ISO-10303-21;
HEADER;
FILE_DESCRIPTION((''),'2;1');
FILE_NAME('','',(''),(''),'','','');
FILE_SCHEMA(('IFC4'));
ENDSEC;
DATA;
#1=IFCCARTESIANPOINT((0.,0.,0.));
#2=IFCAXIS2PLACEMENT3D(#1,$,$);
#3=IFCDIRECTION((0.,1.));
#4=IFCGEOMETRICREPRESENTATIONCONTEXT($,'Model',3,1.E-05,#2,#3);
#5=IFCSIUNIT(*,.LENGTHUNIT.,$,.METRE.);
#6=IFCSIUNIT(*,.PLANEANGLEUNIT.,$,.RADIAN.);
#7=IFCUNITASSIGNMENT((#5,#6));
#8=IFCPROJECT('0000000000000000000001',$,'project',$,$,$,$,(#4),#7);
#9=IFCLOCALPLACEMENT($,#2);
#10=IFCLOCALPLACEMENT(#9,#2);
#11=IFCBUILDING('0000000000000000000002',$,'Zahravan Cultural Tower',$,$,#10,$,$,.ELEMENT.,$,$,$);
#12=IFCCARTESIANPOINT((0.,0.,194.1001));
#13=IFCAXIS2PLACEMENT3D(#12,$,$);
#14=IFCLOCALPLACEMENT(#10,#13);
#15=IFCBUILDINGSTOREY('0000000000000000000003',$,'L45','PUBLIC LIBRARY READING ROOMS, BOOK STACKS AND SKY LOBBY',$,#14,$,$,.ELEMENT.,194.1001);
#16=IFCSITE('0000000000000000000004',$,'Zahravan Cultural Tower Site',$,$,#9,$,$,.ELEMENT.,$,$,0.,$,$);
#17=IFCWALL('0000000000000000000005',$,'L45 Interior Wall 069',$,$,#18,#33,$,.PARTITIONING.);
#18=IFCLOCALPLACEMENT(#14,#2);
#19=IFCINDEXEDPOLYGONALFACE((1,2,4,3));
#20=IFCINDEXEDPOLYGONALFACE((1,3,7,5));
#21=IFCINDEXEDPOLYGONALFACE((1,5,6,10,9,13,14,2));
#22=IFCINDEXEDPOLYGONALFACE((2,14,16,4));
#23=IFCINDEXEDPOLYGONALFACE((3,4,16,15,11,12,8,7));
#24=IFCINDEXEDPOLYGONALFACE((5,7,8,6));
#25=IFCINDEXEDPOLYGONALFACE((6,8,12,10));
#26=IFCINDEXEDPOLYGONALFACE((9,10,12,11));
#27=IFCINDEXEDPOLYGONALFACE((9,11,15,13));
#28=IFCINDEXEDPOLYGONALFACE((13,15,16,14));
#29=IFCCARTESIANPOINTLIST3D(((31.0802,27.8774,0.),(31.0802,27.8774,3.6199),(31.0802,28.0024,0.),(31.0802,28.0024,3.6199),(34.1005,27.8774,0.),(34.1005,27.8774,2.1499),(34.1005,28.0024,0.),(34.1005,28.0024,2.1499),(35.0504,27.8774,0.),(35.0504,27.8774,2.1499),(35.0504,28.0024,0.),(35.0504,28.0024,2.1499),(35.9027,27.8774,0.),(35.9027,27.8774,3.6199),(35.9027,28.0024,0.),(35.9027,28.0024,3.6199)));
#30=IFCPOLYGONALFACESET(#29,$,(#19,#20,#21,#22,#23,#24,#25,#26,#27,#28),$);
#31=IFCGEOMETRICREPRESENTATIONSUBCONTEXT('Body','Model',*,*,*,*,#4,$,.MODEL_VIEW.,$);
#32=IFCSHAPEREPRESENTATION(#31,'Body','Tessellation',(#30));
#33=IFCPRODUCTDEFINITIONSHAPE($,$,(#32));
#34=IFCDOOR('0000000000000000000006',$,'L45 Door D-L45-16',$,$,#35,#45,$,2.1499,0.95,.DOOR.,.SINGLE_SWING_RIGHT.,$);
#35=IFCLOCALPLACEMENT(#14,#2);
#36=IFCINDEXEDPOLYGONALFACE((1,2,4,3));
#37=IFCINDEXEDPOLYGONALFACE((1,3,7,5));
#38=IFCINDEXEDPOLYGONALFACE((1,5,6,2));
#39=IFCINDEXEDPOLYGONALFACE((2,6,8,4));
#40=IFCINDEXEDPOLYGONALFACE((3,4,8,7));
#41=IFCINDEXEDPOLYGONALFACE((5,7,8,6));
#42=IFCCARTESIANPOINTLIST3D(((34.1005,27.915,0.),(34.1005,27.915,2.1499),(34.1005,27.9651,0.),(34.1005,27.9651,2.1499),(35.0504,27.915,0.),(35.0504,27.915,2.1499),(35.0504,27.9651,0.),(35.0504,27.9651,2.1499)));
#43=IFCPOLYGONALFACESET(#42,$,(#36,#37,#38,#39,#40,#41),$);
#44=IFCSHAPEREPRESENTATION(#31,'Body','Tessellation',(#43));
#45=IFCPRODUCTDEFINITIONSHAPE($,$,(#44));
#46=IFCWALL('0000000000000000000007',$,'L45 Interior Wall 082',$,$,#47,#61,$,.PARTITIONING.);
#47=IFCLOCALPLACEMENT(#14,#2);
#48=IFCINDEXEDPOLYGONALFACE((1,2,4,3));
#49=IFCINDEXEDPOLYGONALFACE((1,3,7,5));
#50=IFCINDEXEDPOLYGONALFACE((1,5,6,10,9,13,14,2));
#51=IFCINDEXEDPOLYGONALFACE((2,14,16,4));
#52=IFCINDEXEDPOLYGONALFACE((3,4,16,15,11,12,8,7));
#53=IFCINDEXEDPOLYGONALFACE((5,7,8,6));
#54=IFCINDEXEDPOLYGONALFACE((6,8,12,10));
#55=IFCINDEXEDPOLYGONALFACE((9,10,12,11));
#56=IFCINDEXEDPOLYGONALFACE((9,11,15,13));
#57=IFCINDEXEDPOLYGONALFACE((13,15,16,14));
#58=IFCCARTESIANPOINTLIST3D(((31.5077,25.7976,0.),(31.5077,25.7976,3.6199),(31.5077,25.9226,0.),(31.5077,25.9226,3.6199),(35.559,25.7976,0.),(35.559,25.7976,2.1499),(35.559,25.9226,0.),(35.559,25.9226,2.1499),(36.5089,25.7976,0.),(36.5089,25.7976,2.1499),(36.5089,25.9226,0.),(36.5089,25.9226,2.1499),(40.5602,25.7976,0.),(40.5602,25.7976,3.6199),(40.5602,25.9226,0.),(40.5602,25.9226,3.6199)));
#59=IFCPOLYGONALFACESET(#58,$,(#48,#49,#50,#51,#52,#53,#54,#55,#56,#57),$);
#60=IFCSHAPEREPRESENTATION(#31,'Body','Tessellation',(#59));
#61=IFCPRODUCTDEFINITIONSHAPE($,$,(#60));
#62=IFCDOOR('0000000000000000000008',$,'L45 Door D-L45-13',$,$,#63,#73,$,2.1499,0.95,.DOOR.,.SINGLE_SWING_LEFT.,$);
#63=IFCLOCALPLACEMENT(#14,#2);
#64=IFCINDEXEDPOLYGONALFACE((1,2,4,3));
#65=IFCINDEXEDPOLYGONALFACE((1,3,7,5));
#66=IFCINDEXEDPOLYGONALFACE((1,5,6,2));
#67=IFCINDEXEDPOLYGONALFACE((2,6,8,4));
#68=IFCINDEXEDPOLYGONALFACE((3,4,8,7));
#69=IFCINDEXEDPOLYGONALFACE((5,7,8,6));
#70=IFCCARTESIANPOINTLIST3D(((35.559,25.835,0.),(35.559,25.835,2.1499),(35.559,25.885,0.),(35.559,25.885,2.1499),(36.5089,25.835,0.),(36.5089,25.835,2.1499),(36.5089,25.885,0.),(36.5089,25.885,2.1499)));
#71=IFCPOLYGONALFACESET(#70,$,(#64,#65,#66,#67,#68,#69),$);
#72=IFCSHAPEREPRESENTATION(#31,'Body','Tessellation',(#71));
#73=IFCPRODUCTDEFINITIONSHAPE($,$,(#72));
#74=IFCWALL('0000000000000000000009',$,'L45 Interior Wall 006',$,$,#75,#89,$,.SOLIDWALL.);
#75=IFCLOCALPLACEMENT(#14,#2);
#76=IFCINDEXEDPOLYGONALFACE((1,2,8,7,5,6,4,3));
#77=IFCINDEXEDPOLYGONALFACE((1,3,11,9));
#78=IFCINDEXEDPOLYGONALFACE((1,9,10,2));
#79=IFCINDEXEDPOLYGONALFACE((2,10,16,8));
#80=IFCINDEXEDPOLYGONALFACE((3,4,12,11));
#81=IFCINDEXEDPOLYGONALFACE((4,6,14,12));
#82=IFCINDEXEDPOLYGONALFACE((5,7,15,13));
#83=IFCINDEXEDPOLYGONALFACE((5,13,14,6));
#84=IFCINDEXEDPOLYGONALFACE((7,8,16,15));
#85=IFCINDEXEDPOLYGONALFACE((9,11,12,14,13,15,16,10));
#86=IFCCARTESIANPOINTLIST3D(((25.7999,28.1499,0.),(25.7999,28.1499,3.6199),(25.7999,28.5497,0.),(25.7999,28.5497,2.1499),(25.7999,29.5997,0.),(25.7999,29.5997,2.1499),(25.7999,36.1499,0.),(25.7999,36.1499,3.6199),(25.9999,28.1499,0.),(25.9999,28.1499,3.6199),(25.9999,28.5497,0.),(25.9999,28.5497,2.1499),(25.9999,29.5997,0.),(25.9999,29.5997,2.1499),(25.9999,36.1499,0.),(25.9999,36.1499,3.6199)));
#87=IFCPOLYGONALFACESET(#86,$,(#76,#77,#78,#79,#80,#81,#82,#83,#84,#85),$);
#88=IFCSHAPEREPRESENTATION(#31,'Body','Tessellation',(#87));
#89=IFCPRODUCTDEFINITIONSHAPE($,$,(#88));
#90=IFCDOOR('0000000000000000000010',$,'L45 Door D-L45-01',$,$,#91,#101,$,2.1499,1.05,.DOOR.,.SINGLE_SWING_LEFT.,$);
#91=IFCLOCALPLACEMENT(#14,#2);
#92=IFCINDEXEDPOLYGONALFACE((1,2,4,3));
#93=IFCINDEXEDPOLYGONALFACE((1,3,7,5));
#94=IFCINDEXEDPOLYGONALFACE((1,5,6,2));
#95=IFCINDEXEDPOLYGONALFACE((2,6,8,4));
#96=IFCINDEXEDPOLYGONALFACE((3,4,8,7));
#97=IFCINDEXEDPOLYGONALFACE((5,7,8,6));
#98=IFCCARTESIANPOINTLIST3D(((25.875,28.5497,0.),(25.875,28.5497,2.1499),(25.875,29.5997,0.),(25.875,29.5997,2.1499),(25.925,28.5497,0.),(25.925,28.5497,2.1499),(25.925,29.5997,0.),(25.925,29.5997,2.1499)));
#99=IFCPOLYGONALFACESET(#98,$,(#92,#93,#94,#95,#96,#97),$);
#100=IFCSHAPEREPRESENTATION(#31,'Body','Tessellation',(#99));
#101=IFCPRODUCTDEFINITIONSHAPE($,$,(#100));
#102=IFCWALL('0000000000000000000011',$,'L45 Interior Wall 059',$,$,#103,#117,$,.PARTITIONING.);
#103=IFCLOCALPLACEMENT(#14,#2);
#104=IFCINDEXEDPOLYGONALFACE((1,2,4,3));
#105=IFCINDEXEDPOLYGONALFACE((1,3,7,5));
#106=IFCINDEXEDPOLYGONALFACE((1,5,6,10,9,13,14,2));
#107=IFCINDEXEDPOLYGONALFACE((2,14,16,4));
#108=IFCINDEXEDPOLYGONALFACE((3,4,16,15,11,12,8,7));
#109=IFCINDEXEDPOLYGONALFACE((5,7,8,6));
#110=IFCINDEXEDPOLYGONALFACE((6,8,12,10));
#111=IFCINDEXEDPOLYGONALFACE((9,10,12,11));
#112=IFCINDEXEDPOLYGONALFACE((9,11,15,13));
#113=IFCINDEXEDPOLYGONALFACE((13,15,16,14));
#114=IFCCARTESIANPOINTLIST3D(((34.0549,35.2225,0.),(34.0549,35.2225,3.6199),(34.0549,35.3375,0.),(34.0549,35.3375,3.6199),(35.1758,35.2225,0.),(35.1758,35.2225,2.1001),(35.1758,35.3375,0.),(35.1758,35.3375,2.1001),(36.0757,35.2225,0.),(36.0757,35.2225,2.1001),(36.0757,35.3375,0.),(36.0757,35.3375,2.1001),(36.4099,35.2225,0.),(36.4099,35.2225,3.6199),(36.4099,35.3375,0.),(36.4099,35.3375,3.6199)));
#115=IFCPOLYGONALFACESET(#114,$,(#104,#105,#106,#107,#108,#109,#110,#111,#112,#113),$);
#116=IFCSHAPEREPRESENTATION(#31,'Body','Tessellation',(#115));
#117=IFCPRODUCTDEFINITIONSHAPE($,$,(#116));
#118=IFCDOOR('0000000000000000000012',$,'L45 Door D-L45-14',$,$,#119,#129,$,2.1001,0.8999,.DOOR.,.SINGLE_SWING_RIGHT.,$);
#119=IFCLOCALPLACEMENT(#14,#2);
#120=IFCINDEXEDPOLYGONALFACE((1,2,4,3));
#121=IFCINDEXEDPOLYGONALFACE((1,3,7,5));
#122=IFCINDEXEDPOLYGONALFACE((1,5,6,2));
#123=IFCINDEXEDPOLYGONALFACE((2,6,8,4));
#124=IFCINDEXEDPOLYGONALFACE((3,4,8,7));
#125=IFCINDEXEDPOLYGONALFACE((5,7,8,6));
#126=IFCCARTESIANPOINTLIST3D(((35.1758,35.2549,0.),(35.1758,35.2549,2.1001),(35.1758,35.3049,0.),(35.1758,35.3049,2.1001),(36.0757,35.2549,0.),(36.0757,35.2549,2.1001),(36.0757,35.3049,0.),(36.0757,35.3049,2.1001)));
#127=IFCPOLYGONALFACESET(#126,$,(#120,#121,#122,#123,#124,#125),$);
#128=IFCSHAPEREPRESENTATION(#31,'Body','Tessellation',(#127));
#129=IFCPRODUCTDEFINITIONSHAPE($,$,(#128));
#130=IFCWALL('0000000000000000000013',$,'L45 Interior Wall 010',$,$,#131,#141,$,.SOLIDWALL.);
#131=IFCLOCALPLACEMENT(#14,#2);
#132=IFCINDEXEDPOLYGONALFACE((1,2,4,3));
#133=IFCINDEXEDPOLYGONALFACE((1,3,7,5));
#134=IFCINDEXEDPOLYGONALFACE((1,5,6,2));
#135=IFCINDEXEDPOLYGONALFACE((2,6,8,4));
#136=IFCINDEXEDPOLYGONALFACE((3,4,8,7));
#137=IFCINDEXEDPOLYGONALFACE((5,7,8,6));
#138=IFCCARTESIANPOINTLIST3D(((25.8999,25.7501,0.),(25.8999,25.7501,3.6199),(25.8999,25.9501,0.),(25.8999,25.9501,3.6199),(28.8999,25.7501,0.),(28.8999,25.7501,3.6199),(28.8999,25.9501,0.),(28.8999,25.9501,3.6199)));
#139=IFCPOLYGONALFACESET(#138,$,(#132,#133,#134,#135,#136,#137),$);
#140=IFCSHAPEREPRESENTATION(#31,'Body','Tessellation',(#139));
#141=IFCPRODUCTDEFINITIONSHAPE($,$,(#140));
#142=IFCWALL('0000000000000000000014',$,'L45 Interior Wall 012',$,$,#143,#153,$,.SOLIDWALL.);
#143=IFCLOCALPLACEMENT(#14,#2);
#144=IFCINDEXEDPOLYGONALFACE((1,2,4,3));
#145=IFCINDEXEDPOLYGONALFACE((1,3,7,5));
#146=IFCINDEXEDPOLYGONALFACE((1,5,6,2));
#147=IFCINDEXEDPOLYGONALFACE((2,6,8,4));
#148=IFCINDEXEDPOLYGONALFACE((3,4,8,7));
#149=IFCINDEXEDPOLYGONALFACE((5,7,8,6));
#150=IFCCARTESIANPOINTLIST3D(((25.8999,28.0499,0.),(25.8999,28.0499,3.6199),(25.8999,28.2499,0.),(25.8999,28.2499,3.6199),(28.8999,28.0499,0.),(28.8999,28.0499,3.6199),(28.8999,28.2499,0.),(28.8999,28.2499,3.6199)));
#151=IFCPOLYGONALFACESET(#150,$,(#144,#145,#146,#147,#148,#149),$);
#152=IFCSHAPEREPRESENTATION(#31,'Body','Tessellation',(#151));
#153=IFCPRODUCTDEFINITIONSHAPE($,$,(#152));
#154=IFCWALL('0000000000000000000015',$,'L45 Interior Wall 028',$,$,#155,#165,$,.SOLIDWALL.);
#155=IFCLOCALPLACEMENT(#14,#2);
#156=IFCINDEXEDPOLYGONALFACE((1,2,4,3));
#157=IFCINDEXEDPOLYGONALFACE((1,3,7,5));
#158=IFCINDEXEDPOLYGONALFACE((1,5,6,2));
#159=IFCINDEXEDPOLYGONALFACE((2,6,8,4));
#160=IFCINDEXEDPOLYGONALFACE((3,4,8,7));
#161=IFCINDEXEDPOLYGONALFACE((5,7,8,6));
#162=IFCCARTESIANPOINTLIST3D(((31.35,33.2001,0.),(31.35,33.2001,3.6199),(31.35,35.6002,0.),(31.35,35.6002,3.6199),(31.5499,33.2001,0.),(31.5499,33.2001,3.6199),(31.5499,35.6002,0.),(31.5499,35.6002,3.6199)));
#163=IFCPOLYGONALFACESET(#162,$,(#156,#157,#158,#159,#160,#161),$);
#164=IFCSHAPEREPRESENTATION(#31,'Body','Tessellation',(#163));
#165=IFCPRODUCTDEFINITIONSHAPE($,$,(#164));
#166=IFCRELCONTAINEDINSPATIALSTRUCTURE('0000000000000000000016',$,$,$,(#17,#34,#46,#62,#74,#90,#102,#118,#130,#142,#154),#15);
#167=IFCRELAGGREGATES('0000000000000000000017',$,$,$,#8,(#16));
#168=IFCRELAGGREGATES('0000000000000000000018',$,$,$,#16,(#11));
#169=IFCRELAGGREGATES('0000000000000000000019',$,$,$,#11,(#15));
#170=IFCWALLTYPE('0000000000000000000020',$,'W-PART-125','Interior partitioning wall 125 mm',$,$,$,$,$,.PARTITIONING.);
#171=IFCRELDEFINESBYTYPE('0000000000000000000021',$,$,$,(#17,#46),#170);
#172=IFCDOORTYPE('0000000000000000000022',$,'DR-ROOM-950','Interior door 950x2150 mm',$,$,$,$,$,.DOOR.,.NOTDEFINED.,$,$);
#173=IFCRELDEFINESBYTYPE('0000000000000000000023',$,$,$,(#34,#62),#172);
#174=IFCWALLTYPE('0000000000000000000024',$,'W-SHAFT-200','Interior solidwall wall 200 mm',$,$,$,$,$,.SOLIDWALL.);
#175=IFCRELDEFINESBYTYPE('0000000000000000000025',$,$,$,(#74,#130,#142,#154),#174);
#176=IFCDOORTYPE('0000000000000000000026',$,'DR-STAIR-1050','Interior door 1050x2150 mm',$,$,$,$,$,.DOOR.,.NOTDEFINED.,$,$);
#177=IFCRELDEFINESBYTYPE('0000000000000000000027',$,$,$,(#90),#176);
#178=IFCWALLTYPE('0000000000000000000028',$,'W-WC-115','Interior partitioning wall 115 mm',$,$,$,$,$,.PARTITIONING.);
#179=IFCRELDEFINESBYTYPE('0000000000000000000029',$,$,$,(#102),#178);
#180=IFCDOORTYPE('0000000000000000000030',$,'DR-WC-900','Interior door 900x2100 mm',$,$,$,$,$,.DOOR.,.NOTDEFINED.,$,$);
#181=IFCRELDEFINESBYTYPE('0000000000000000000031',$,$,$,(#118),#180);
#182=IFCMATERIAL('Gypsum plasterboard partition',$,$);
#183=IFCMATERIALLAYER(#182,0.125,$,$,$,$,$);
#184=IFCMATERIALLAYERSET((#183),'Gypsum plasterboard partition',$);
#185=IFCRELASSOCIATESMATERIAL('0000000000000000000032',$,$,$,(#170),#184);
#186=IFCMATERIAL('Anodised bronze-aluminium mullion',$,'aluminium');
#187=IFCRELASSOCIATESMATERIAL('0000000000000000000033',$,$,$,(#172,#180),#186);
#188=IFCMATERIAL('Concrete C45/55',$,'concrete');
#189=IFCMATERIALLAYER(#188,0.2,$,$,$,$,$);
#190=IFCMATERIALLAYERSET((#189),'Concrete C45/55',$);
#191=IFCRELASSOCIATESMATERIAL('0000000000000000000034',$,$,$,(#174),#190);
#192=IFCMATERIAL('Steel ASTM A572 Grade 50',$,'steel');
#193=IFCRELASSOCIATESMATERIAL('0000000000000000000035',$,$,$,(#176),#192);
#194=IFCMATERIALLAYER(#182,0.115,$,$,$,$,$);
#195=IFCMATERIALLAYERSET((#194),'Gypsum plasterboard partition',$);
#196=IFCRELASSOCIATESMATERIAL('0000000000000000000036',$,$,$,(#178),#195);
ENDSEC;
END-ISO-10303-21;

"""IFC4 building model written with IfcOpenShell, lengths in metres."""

from ifc_helpers import new_model, si_unit, direction, frame, frame_2d, origin, place, context, subcontext, project, spatial, rectangle, extrude, source, transform, mapped, material, layer, layer_set, type_object, element, fill, save


model = new_model("IFC4")

# Units and contexts
model_context = context("Model", 3, precision=1e-05, world=origin(), true_north=direction((0.0, 1.0)))
body_context = subcontext(model_context, "Body", "Model", "MODEL_VIEW")
ifc_project = project(units=[si_unit("LENGTHUNIT", "METRE"), si_unit("PLANEANGLEUNIT", "RADIAN")], contexts=[model_context])

# Site, building, storey
site_placement = place(None, origin())
site = spatial("IfcSite", under=ifc_project, at=site_placement, Name="Zahravan Cultural Tower Site", CompositionType="ELEMENT", RefElevation=0.0)
building_placement = place(site_placement, origin())
building = spatial("IfcBuilding", under=site, at=building_placement, Name="Zahravan Cultural Tower", CompositionType="ELEMENT")
storey_placement = place(building_placement, frame((0.0, 0.0, 194.1001)))
storey = spatial("IfcBuildingStorey", under=building, at=storey_placement, Name="L45", Description="PUBLIC LIBRARY READING ROOMS, BOOK STACKS AND SKY LOBBY", CompositionType="ELEMENT", Elevation=194.1001)

# Walls, openings, doors
ifc_material_1 = material(Name="Steel ASTM A572 Grade 50", Category="steel")
ifc_material_2 = material(Name="Gypsum plasterboard partition")
ifc_layer_1 = layer(ifc_material_2, 0.125)
ifc_layer_set_1 = layer_set([ifc_layer_1], Name="Gypsum plasterboard partition")
wall_type_1 = type_object("IfcWallType", Name="W-PART-125", Description="Interior partitioning wall 125 mm", PredefinedType="PARTITIONING", material=ifc_layer_set_1)
wall_1_placement = place(storey_placement, frame((35.9026, 27.9399, 0.0), z_axis=(0.0, 0.0, 1.0), x_axis=(-1.0, 0.0, 0.0)))
wall_1 = element("IfcWall", 1, at=wall_1_placement, inside=storey, type_object=wall_type_1, Name="L45 Interior Wall 069", PredefinedType="PARTITIONING", context=body_context, shape_type="SweptSolid", body=[
    extrude(rectangle(XDim=4.8225, YDim=0.125, at=frame_2d((2.4111, 0.0))), origin(), (0.0, 0.0, 1.0), 3.6199),
])
opening_1_placement = place(wall_1_placement, frame((0.8521, 0.0, 0.0)))
opening_1 = element("IfcOpeningElement", 2, at=opening_1_placement, cuts=wall_1, PredefinedType="OPENING", context=body_context, shape_type="SweptSolid", body=[
    extrude(rectangle(XDim=0.95, YDim=2.1499, at=frame_2d((0.4751, 1.075))), frame((0.0, 0.0725, 0.0), z_axis=(0.0, -1.0, 0.0), x_axis=(1.0, 0.0, 0.0)), (0.0, 0.0, 1.0), 0.145),
])
ifc_material_3 = material(Name="Anodised bronze-aluminium mullion", Category="aluminium")
door_type_1 = type_object("IfcDoorType", Name="DR-ROOM-950", Description="Interior door 950x2150 mm", OperationType="NOTDEFINED", PredefinedType="DOOR", material=ifc_material_3)
shared_shape_1 = source(origin(), body_context, "Body", "SweptSolid", [
    extrude(rectangle(XDim=0.95, YDim=2.1499, at=frame_2d((0.4751, 1.075))), frame((0.0, 0.0249, 0.0), z_axis=(0.0, -1.0, 0.0), x_axis=(1.0, 0.0, 0.0)), (0.0, 0.0, 1.0), 0.05),
])
door_1_placement = place(opening_1_placement, origin())
door_1 = element("IfcDoor", 3, at=door_1_placement, inside=storey, type_object=door_type_1, Name="L45 Door D-L45-16", OperationType="SINGLE_SWING_RIGHT", OverallHeight=2.1499, OverallWidth=0.95, PredefinedType="DOOR", context=body_context, shape_type="MappedRepresentation", body=[
    mapped(shared_shape_1, transform((0.0, 0.0, 0.0), x_axis=(1.0, 0.0, 0.0), y_axis=(0.0, 1.0, 0.0), z_axis=(0.0, 0.0, 1.0), scale=1.0)),
])
fill(opening_1, door_1)
wall_2_placement = place(storey_placement, frame((31.5076, 25.8601, 0.0), z_axis=(0.0, 0.0, 1.0), x_axis=(1.0, 0.0, 0.0)))
wall_2 = element("IfcWall", 4, at=wall_2_placement, inside=storey, type_object=wall_type_1, Name="L45 Interior Wall 082", PredefinedType="PARTITIONING", context=body_context, shape_type="SweptSolid", body=[
    extrude(rectangle(XDim=9.0525, YDim=0.125, at=frame_2d((4.5264, 0.0))), origin(), (0.0, 0.0, 1.0), 3.6199),
])
opening_2_placement = place(wall_2_placement, frame((4.0513, 0.0, 0.0)))
opening_2 = element("IfcOpeningElement", 5, at=opening_2_placement, cuts=wall_2, PredefinedType="OPENING", context=body_context, shape_type="SweptSolid", body=[
    extrude(rectangle(XDim=0.95, YDim=2.1499, at=frame_2d((0.4751, 1.075))), frame((0.0, 0.0725, 0.0), z_axis=(0.0, -1.0, 0.0), x_axis=(1.0, 0.0, 0.0)), (0.0, 0.0, 1.0), 0.145),
])
door_2_placement = place(opening_2_placement, origin())
door_2 = element("IfcDoor", 6, at=door_2_placement, inside=storey, type_object=door_type_1, Name="L45 Door D-L45-13", OperationType="SINGLE_SWING_LEFT", OverallHeight=2.1499, OverallWidth=0.95, PredefinedType="DOOR", context=body_context, shape_type="MappedRepresentation", body=[
    mapped(shared_shape_1, transform((0.0, 0.0, 0.0), x_axis=(1.0, 0.0, 0.0), y_axis=(0.0, 1.0, 0.0), z_axis=(0.0, 0.0, 1.0), scale=1.0)),
])
fill(opening_2, door_2)
ifc_material_4 = material(Name="Concrete C45/55", Category="concrete")
ifc_layer_2 = layer(ifc_material_4, 0.2)
ifc_layer_set_2 = layer_set([ifc_layer_2], Name="Concrete C45/55")
wall_type_2 = type_object("IfcWallType", Name="W-SHAFT-200", Description="Interior solidwall wall 200 mm", PredefinedType="SOLIDWALL", material=ifc_layer_set_2)
wall_3_placement = place(storey_placement, frame((25.8999, 28.1499, 0.0), z_axis=(0.0, 0.0, 1.0), x_axis=(0.0, 1.0, 0.0)))
wall_3 = element("IfcWall", 7, at=wall_3_placement, inside=storey, type_object=wall_type_2, Name="L45 Interior Wall 006", PredefinedType="SOLIDWALL", context=body_context, shape_type="SweptSolid", body=[
    extrude(rectangle(XDim=8.0, YDim=0.2, at=frame_2d((4.0, 0.0))), origin(), (0.0, 0.0, 1.0), 3.6199),
])
opening_3_placement = place(wall_3_placement, frame((0.3999, 0.0, 0.0)))
opening_3 = element("IfcOpeningElement", 8, at=opening_3_placement, cuts=wall_3, PredefinedType="OPENING", context=body_context, shape_type="SweptSolid", body=[
    extrude(rectangle(XDim=1.05, YDim=2.1499, at=frame_2d((0.5249, 1.075))), frame((0.0, 0.1099, 0.0), z_axis=(0.0, -1.0, 0.0), x_axis=(1.0, 0.0, 0.0)), (0.0, 0.0, 1.0), 0.22),
])
door_type_2 = type_object("IfcDoorType", Name="DR-STAIR-1050", Description="Interior door 1050x2150 mm", OperationType="NOTDEFINED", PredefinedType="DOOR", material=ifc_material_1)
shared_shape_2 = source(origin(), body_context, "Body", "SweptSolid", [
    extrude(rectangle(XDim=1.05, YDim=2.1499, at=frame_2d((0.5249, 1.075))), frame((0.0, 0.0249, 0.0), z_axis=(0.0, -1.0, 0.0), x_axis=(1.0, 0.0, 0.0)), (0.0, 0.0, 1.0), 0.05),
])
door_3_placement = place(opening_3_placement, origin())
door_3 = element("IfcDoor", 9, at=door_3_placement, inside=storey, type_object=door_type_2, Name="L45 Door D-L45-01", OperationType="SINGLE_SWING_LEFT", OverallHeight=2.1499, OverallWidth=1.05, PredefinedType="DOOR", context=body_context, shape_type="MappedRepresentation", body=[
    mapped(shared_shape_2, transform((0.0, 0.0, 0.0), x_axis=(1.0, 0.0, 0.0), y_axis=(0.0, 1.0, 0.0), z_axis=(0.0, 0.0, 1.0), scale=1.0)),
])
fill(opening_3, door_3)
ifc_layer_3 = layer(ifc_material_2, 0.115)
ifc_layer_set_3 = layer_set([ifc_layer_3], Name="Gypsum plasterboard partition")
wall_type_3 = type_object("IfcWallType", Name="W-WC-115", Description="Interior partitioning wall 115 mm", PredefinedType="PARTITIONING", material=ifc_layer_set_3)
wall_4_placement = place(storey_placement, frame((34.0549, 35.28, 0.0), z_axis=(0.0, 0.0, 1.0), x_axis=(1.0, 0.0, 0.0)))
wall_4 = element("IfcWall", 10, at=wall_4_placement, inside=storey, type_object=wall_type_3, Name="L45 Interior Wall 059", PredefinedType="PARTITIONING", context=body_context, shape_type="SweptSolid", body=[
    extrude(rectangle(XDim=2.355, YDim=0.115, at=frame_2d((1.1775, 0.0))), origin(), (0.0, 0.0, 1.0), 3.6199),
])
opening_4_placement = place(wall_4_placement, frame((1.1208, 0.0, 0.0)))
opening_4 = element("IfcOpeningElement", 11, at=opening_4_placement, cuts=wall_4, PredefinedType="OPENING", context=body_context, shape_type="SweptSolid", body=[
    extrude(rectangle(XDim=0.8999, YDim=2.1001, at=frame_2d((0.45, 1.05))), frame((0.0, 0.0674, 0.0), z_axis=(0.0, -1.0, 0.0), x_axis=(1.0, 0.0, 0.0)), (0.0, 0.0, 1.0), 0.135),
])
door_type_3 = type_object("IfcDoorType", Name="DR-WC-900", Description="Interior door 900x2100 mm", OperationType="NOTDEFINED", PredefinedType="DOOR", material=ifc_material_3)
shared_shape_3 = source(origin(), body_context, "Body", "SweptSolid", [
    extrude(rectangle(XDim=0.8999, YDim=2.1001, at=frame_2d((0.45, 1.05))), frame((0.0, 0.0249, 0.0), z_axis=(0.0, -1.0, 0.0), x_axis=(1.0, 0.0, 0.0)), (0.0, 0.0, 1.0), 0.05),
])
door_4_placement = place(opening_4_placement, origin())
door_4 = element("IfcDoor", 12, at=door_4_placement, inside=storey, type_object=door_type_3, Name="L45 Door D-L45-14", OperationType="SINGLE_SWING_RIGHT", OverallHeight=2.1001, OverallWidth=0.8999, PredefinedType="DOOR", context=body_context, shape_type="MappedRepresentation", body=[
    mapped(shared_shape_3, transform((0.0, 0.0, 0.0), x_axis=(1.0, 0.0, 0.0), y_axis=(0.0, 1.0, 0.0), z_axis=(0.0, 0.0, 1.0), scale=1.0)),
])
fill(opening_4, door_4)

# Walls
shared_shape_4 = source(origin(), body_context, "Body", "SweptSolid", [
    extrude(rectangle(XDim=3.0, YDim=0.2, at=frame_2d((1.5, 0.0))), origin(), (0.0, 0.0, 1.0), 3.6199),
])
for number, where, z_axis, x_axis, name in (
    (13, (25.8999, 25.8501, 0.0), (0.0, 0.0, 1.0), (1.0, 0.0, 0.0), "L45 Interior Wall 010"),
    (14, (25.8999, 28.1499, 0.0), (0.0, 0.0, 1.0), (1.0, 0.0, 0.0), "L45 Interior Wall 012"),
):
    element("IfcWall", number, at=place(storey_placement, frame(where, z_axis=z_axis, x_axis=x_axis)), inside=storey, type_object=wall_type_2, Name=name, PredefinedType="SOLIDWALL", context=body_context, shape_type="MappedRepresentation", body=[
        mapped(shared_shape_4, transform((0.0, 0.0, 0.0), x_axis=(1.0, 0.0, 0.0), y_axis=(0.0, 1.0, 0.0), z_axis=(0.0, 0.0, 1.0), scale=1.0)),
    ])
shared_shape_5 = source(origin(), body_context, "Body", "SweptSolid", [
    extrude(rectangle(XDim=2.4001, YDim=0.2, at=frame_2d((1.2002, 0.0))), origin(), (0.0, 0.0, 1.0), 3.6199),
])
for number, where, z_axis, x_axis, name in (
    (15, (31.45, 33.2, 0.0), (0.0, 0.0, 1.0), (0.0, 1.0, 0.0), "L45 Interior Wall 028"),
):
    element("IfcWall", number, at=place(storey_placement, frame(where, z_axis=z_axis, x_axis=x_axis)), inside=storey, type_object=wall_type_2, Name=name, PredefinedType="SOLIDWALL", context=body_context, shape_type="MappedRepresentation", body=[
        mapped(shared_shape_5, transform((0.0, 0.0, 0.0), x_axis=(1.0, 0.0, 0.0), y_axis=(0.0, 1.0, 0.0), z_axis=(0.0, 0.0, 1.0), scale=1.0)),
    ])

save(model, "model.ifc")
